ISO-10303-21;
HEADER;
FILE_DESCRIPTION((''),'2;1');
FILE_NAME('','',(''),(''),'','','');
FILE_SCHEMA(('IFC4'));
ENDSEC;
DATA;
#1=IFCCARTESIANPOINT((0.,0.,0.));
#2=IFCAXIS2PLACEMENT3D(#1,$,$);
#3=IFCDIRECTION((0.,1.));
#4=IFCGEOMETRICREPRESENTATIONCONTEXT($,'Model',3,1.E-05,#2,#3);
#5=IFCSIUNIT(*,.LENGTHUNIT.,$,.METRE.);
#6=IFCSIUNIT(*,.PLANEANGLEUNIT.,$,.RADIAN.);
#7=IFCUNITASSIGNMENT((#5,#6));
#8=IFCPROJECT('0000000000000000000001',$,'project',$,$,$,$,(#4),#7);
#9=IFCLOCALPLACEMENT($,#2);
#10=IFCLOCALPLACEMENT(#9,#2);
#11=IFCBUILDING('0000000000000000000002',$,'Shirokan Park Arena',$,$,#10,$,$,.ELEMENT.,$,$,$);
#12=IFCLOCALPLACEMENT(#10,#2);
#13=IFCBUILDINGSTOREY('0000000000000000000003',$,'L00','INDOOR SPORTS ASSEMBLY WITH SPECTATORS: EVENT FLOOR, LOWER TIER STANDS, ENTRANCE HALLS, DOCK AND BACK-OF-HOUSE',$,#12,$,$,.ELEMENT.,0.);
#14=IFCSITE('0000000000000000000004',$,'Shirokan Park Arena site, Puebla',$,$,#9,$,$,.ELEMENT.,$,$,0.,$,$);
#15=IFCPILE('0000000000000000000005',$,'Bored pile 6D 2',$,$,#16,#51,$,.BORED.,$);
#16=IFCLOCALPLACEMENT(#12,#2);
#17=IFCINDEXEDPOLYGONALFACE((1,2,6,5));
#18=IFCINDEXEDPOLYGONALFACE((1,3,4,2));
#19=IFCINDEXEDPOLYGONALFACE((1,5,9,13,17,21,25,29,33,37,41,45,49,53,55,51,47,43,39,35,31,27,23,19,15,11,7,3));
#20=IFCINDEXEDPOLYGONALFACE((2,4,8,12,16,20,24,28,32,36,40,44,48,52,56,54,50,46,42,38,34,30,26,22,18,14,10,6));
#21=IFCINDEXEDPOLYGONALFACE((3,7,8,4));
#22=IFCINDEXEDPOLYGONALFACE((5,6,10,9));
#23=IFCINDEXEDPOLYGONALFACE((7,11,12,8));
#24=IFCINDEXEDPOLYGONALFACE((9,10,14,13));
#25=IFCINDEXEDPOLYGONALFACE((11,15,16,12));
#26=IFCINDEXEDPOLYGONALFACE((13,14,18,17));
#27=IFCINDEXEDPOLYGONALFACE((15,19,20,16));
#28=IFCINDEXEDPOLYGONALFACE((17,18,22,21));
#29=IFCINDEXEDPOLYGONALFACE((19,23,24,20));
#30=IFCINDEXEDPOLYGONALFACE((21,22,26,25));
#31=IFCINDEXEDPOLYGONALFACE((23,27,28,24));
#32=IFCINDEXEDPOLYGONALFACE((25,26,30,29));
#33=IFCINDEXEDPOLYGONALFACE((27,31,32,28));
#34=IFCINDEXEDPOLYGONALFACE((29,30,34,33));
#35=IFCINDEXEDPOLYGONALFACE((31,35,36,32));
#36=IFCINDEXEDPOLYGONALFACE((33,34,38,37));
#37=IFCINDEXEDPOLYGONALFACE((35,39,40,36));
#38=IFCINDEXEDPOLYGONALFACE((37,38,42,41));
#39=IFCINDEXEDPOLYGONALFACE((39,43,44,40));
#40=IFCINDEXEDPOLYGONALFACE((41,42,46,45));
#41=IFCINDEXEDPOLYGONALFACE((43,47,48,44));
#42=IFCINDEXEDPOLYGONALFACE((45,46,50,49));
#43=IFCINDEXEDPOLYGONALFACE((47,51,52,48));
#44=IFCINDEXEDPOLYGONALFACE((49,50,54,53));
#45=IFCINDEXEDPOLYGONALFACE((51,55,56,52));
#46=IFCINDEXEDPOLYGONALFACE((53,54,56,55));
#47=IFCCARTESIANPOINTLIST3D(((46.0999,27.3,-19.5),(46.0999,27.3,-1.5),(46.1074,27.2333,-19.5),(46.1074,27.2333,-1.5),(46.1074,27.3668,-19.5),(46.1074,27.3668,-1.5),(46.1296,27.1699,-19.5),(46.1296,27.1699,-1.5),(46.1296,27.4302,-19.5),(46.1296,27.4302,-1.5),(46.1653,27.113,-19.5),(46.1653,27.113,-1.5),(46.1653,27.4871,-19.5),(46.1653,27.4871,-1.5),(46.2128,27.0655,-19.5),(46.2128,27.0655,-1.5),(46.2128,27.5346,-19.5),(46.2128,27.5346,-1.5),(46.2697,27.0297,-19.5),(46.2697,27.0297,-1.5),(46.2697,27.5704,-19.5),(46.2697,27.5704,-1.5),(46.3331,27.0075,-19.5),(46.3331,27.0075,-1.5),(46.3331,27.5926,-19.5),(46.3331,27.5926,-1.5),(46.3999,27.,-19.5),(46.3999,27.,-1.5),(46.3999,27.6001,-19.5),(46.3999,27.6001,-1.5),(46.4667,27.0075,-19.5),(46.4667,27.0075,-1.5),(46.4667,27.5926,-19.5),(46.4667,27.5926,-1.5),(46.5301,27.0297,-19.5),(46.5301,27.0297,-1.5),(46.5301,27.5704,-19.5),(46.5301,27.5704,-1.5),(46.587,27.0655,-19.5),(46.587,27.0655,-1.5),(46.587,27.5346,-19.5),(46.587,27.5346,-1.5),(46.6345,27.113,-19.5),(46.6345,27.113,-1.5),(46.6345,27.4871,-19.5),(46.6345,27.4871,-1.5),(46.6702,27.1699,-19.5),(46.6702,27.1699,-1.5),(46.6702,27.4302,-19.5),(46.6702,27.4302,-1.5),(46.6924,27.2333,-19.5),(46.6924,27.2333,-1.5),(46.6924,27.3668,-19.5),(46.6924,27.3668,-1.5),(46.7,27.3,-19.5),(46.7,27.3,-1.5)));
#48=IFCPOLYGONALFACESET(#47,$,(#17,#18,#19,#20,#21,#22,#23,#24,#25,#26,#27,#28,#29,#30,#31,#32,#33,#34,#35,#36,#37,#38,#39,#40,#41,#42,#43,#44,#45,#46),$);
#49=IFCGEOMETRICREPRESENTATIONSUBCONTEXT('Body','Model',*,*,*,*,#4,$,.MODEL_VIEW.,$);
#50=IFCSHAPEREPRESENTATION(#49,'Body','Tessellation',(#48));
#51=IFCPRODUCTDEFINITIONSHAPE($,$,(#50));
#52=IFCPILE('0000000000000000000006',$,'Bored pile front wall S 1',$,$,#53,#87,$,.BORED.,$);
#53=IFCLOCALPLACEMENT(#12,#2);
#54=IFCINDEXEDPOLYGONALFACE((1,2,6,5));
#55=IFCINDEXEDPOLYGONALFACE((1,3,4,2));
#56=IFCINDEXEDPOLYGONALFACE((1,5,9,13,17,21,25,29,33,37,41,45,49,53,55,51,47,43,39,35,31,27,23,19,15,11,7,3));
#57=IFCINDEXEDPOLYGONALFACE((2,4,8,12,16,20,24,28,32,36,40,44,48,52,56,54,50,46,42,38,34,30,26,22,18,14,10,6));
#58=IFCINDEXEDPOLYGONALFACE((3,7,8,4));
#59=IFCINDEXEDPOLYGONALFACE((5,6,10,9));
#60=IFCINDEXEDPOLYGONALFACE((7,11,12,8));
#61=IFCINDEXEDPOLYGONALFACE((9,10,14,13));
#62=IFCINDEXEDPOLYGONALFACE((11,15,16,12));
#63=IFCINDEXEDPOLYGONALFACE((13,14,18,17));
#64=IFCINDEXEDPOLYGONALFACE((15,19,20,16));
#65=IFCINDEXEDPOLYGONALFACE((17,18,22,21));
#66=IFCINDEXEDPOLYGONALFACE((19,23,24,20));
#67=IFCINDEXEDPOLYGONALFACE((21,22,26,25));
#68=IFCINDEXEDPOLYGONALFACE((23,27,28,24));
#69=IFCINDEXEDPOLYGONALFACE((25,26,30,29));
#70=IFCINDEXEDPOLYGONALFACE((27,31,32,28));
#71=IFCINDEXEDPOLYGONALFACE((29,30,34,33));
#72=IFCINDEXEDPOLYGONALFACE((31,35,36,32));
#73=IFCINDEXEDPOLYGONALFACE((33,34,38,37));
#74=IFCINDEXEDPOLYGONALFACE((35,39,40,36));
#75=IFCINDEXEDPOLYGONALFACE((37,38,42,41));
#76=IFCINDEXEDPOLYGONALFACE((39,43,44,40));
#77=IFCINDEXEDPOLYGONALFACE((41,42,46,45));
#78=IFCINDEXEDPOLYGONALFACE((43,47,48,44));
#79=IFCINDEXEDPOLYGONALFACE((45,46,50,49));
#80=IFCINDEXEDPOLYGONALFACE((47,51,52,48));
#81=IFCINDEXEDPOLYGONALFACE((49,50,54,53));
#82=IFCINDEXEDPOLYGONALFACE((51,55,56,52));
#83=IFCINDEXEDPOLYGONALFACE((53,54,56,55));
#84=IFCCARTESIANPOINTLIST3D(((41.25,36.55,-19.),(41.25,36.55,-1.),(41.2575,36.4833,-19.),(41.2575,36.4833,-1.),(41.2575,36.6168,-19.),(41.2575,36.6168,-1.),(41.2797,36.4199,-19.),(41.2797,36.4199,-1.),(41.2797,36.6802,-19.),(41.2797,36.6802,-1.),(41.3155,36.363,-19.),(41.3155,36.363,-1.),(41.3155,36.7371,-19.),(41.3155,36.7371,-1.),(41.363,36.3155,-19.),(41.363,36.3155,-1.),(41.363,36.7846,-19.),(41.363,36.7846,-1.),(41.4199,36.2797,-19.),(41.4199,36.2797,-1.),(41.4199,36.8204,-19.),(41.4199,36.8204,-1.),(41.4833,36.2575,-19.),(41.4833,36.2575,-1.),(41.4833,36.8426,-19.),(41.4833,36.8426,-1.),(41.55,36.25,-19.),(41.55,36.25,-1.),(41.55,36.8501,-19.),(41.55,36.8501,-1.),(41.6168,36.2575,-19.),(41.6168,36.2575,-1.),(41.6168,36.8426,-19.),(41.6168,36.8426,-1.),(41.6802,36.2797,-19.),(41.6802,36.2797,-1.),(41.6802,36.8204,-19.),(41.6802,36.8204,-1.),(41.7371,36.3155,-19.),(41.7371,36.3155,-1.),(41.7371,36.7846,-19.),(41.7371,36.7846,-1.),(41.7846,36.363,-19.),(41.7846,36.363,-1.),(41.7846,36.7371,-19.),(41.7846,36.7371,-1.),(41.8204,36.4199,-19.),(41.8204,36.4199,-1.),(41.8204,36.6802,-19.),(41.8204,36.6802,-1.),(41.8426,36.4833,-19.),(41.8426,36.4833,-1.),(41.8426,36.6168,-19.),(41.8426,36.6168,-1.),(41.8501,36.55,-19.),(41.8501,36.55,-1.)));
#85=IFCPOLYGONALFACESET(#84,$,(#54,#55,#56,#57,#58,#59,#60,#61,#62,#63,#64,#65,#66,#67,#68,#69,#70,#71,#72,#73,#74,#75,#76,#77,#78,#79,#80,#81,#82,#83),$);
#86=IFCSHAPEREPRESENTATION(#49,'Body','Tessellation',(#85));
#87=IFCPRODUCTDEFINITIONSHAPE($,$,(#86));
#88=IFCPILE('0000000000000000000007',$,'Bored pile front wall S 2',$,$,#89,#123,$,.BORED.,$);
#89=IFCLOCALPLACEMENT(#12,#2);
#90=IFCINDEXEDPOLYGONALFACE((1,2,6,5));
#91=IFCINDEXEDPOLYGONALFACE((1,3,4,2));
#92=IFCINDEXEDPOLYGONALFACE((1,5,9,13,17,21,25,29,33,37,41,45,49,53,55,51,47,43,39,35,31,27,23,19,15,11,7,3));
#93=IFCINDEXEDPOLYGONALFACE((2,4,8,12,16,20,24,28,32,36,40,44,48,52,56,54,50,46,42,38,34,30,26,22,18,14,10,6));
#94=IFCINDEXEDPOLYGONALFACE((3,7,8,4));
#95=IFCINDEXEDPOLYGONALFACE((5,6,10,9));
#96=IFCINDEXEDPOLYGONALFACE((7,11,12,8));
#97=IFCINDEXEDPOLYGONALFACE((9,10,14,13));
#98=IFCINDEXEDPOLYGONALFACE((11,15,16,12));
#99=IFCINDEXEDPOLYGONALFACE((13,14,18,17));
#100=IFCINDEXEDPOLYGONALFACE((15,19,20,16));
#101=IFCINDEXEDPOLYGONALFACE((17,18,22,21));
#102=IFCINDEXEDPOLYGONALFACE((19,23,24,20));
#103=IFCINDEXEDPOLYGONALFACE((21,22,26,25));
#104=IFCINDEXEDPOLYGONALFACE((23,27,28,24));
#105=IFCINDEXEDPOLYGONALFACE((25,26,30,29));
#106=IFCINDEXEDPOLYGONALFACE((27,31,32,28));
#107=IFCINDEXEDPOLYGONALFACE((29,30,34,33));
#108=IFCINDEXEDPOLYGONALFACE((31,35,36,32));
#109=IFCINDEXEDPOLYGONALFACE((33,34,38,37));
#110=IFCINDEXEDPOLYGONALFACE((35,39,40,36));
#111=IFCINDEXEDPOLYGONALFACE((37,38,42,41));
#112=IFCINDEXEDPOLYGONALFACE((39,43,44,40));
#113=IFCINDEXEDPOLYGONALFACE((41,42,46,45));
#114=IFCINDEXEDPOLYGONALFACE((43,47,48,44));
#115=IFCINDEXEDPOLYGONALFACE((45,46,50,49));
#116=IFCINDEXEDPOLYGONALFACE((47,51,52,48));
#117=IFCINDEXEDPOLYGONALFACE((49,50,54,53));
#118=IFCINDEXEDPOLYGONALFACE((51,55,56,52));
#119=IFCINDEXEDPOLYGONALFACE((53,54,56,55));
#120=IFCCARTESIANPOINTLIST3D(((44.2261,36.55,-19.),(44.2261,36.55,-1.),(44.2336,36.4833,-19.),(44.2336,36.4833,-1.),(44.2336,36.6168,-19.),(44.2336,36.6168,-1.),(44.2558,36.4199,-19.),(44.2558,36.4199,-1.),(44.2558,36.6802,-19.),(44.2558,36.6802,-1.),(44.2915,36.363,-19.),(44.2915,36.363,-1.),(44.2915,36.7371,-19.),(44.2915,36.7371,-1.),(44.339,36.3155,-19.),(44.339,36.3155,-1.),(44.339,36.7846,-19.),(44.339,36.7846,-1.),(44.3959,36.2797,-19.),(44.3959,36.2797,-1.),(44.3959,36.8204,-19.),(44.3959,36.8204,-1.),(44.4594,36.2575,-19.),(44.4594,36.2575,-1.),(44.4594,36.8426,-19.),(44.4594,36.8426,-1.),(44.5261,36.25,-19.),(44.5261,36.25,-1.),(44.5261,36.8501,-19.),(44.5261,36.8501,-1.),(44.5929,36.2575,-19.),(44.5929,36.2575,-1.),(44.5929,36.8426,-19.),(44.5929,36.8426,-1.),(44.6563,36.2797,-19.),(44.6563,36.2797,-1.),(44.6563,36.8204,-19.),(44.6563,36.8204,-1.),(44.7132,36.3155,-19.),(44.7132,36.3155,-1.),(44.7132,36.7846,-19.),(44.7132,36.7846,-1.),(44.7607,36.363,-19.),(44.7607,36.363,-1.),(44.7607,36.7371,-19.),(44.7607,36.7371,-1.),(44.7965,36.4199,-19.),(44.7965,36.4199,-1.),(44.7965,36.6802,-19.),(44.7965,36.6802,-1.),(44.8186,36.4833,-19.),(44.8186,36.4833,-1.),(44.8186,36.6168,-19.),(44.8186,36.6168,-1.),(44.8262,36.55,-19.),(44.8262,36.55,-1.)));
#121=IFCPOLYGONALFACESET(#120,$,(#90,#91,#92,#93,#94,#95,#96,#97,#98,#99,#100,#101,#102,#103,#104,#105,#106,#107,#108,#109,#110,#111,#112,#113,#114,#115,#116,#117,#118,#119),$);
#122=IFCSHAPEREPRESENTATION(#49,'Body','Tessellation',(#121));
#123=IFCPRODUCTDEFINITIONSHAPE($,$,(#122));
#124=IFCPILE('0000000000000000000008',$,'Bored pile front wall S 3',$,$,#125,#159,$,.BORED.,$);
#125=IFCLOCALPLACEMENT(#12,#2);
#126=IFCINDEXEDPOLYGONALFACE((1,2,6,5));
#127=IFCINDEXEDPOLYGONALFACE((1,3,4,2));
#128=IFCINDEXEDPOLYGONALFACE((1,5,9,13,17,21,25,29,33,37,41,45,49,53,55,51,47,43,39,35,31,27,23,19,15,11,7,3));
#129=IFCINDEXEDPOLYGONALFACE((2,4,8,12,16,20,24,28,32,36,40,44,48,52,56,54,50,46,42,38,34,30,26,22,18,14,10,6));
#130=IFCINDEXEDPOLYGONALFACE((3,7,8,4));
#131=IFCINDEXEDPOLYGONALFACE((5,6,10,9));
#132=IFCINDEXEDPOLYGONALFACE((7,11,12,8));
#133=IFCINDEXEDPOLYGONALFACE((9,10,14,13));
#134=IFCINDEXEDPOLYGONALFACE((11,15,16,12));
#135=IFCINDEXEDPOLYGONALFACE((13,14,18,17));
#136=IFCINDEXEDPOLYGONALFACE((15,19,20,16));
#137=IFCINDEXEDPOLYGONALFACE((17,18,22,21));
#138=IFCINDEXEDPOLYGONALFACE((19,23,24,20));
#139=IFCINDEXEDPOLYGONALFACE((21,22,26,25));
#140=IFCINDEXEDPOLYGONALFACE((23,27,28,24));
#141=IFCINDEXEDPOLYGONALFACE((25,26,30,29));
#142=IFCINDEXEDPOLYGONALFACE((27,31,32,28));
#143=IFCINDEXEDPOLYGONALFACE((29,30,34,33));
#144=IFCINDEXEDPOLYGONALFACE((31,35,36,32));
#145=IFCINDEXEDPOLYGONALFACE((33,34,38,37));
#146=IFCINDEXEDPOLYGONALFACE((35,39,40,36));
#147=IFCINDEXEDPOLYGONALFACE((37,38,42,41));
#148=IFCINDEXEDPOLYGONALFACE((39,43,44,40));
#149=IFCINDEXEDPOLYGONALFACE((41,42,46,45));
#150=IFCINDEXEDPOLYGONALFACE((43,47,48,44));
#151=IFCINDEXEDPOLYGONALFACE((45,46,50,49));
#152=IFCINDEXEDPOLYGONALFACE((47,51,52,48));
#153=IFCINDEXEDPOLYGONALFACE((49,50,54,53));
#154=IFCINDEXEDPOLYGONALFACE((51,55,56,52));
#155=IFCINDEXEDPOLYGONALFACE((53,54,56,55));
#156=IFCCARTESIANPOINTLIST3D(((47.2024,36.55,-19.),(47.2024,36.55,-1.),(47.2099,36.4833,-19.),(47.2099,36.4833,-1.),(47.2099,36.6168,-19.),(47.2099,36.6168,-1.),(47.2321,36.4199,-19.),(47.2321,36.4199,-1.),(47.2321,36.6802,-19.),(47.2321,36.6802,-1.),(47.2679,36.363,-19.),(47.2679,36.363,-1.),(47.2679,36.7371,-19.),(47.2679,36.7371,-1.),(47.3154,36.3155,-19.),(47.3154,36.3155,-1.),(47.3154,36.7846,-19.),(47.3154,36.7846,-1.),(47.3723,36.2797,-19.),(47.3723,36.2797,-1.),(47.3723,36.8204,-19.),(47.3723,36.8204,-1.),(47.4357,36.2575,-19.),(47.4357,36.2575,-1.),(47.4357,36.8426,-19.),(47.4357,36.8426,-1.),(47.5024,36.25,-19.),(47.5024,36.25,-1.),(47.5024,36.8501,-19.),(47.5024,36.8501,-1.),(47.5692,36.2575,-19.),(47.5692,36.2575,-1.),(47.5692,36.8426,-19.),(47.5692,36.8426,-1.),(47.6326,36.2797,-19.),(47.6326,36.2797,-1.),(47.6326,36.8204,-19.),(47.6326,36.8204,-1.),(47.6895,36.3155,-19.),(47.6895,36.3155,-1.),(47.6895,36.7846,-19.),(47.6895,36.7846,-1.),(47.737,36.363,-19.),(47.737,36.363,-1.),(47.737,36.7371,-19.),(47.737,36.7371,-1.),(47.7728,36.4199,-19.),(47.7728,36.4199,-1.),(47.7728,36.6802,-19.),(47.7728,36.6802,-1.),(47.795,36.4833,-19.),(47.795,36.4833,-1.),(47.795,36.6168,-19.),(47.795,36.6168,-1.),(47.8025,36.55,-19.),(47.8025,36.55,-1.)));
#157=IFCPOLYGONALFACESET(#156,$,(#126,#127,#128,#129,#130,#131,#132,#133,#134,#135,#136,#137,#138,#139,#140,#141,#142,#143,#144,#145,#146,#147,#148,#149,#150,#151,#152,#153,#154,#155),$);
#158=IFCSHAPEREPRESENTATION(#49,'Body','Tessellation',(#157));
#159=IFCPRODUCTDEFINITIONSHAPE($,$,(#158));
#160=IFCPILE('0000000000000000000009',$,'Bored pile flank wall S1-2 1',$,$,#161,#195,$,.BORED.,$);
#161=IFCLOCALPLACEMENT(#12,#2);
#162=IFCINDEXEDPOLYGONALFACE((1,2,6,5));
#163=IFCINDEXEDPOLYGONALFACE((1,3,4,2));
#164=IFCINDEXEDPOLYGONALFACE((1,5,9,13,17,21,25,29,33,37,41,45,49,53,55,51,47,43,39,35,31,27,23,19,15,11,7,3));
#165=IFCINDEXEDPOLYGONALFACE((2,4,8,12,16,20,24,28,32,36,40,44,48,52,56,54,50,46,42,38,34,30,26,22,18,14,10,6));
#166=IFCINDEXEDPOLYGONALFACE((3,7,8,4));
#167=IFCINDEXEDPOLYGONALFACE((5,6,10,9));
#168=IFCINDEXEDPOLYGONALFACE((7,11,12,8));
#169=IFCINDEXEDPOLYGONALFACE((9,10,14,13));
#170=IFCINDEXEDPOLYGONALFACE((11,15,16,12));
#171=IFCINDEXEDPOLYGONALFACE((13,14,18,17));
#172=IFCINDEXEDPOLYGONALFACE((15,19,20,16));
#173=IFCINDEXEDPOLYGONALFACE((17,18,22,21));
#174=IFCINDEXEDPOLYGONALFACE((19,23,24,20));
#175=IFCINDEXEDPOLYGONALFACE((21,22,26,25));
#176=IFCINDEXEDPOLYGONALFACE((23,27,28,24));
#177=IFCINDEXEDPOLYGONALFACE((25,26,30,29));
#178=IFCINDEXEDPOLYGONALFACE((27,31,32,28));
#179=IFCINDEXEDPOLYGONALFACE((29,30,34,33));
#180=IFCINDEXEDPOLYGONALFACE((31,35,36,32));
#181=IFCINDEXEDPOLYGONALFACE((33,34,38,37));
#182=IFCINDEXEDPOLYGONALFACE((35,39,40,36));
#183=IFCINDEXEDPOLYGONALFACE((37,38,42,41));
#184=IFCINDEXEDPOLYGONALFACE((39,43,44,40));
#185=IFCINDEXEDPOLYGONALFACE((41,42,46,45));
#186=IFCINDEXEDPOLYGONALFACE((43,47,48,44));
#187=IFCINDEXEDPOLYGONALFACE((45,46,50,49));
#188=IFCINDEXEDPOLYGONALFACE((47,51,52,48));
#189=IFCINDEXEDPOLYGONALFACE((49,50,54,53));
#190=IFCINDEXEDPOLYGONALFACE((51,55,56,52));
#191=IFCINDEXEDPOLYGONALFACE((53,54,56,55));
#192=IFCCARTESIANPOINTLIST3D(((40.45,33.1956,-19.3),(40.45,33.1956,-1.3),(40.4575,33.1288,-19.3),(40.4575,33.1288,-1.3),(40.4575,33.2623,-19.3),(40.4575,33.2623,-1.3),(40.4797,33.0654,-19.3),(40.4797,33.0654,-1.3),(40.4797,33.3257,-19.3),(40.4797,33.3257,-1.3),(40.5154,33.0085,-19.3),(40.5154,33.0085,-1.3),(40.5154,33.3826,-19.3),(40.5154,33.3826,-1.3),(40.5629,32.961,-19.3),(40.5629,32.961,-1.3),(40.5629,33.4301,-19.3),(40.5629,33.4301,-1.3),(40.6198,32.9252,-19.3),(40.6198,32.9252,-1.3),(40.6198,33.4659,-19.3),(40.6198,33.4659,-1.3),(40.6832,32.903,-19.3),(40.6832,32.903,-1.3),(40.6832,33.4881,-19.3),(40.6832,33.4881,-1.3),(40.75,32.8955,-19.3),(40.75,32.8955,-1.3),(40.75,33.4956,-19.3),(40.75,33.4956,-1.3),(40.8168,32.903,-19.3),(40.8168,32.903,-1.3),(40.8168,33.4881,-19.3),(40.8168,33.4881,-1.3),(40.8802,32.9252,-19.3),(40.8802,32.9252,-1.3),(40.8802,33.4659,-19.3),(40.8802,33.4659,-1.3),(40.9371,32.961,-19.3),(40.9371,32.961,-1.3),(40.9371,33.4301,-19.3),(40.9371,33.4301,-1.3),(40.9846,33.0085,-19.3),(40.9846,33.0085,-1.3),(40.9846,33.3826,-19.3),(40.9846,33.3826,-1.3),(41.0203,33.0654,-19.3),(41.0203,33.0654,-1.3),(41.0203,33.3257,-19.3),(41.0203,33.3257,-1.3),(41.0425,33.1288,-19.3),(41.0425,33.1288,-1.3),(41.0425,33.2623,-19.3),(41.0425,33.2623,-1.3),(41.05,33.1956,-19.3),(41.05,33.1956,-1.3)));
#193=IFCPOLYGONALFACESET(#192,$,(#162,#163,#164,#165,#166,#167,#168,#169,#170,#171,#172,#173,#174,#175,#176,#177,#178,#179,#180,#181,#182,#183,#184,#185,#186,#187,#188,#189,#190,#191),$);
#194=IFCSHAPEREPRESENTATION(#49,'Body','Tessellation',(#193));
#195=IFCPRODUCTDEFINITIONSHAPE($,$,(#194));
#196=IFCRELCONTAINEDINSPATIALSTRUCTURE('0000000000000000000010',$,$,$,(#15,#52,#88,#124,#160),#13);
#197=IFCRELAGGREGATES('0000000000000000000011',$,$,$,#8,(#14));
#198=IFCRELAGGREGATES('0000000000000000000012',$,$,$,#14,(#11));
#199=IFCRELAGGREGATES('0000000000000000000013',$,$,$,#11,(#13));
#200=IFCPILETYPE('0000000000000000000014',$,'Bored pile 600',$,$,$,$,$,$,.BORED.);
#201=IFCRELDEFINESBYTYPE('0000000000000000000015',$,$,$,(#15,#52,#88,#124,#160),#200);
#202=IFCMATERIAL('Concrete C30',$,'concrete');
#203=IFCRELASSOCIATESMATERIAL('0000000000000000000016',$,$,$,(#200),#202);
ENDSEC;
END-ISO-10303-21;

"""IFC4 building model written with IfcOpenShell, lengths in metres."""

from ifc_helpers import new_model, si_unit, direction, frame, origin, origin_2d, place, context, subcontext, project, spatial, circle, extrude, material, material_profile, profile_set, type_object, element, save


model = new_model("IFC4")

# Units and contexts
model_context = context("Model", 3, precision=1e-05, world=origin(), true_north=direction((0.0, 1.0)))
body_context = subcontext(model_context, "Body", "Model", "MODEL_VIEW")
ifc_project = project(units=[si_unit("LENGTHUNIT", "METRE"), si_unit("PLANEANGLEUNIT", "RADIAN")], contexts=[model_context])

# Site, building, storey
site_placement = place(None, origin())
site = spatial("IfcSite", under=ifc_project, at=site_placement, Name="Shirokan Park Arena site, Puebla", CompositionType="ELEMENT", RefElevation=0.0)
building_placement = place(site_placement, origin())
building = spatial("IfcBuilding", under=site, at=building_placement, Name="Shirokan Park Arena", CompositionType="ELEMENT")
storey_placement = place(building_placement, origin())
storey = spatial("IfcBuildingStorey", under=building, at=storey_placement, Name="L00", Description="INDOOR SPORTS ASSEMBLY WITH SPECTATORS: EVENT FLOOR, LOWER TIER STANDS, ENTRANCE HALLS, DOCK AND BACK-OF-HOUSE", CompositionType="ELEMENT", Elevation=0.0)

# Piles
ifc_material_1 = material(Name="Concrete C30", Category="concrete")
ifc_material_profile_1 = material_profile(ifc_material_1, circle(Radius=0.3, at=origin_2d()), Name="D600")
ifc_profile_set_1 = profile_set([ifc_material_profile_1], Name="Concrete C30")
pile_type_1 = type_object("IfcPileType", Name="Bored pile 600", PredefinedType="BORED", material=ifc_profile_set_1)
for number, where, z_axis, x_axis, name in (
    (1, (46.3999, 27.3, -1.5), (0.0, 0.0, -1.0), (1.0, 0.0, 0.0), "Bored pile 6D 2"),
    (2, (41.55, 36.55, -1.0), (0.0, 0.0, -1.0), (1.0, 0.0, 0.0), "Bored pile front wall S 1"),
    (3, (44.5261, 36.55, -1.0), (0.0, 0.0, -1.0), (1.0, 0.0, 0.0), "Bored pile front wall S 2"),
    (4, (47.5024, 36.55, -1.0), (0.0, 0.0, -1.0), (1.0, 0.0, 0.0), "Bored pile front wall S 3"),
    (5, (40.75, 33.1956, -1.3), (0.0, 0.0, -1.0), (1.0, 0.0, 0.0), "Bored pile flank wall S1-2 1"),
):
    element("IfcPile", number, at=place(storey_placement, frame(where, z_axis=z_axis, x_axis=x_axis)), inside=storey, type_object=pile_type_1, Name=name, PredefinedType="BORED", context=body_context, shape_type="SweptSolid", body=[
        extrude(circle(Radius=0.3, at=origin_2d()), origin(), (0.0, 0.0, 1.0), 18.0),
    ])

save(model, "model.ifc")
